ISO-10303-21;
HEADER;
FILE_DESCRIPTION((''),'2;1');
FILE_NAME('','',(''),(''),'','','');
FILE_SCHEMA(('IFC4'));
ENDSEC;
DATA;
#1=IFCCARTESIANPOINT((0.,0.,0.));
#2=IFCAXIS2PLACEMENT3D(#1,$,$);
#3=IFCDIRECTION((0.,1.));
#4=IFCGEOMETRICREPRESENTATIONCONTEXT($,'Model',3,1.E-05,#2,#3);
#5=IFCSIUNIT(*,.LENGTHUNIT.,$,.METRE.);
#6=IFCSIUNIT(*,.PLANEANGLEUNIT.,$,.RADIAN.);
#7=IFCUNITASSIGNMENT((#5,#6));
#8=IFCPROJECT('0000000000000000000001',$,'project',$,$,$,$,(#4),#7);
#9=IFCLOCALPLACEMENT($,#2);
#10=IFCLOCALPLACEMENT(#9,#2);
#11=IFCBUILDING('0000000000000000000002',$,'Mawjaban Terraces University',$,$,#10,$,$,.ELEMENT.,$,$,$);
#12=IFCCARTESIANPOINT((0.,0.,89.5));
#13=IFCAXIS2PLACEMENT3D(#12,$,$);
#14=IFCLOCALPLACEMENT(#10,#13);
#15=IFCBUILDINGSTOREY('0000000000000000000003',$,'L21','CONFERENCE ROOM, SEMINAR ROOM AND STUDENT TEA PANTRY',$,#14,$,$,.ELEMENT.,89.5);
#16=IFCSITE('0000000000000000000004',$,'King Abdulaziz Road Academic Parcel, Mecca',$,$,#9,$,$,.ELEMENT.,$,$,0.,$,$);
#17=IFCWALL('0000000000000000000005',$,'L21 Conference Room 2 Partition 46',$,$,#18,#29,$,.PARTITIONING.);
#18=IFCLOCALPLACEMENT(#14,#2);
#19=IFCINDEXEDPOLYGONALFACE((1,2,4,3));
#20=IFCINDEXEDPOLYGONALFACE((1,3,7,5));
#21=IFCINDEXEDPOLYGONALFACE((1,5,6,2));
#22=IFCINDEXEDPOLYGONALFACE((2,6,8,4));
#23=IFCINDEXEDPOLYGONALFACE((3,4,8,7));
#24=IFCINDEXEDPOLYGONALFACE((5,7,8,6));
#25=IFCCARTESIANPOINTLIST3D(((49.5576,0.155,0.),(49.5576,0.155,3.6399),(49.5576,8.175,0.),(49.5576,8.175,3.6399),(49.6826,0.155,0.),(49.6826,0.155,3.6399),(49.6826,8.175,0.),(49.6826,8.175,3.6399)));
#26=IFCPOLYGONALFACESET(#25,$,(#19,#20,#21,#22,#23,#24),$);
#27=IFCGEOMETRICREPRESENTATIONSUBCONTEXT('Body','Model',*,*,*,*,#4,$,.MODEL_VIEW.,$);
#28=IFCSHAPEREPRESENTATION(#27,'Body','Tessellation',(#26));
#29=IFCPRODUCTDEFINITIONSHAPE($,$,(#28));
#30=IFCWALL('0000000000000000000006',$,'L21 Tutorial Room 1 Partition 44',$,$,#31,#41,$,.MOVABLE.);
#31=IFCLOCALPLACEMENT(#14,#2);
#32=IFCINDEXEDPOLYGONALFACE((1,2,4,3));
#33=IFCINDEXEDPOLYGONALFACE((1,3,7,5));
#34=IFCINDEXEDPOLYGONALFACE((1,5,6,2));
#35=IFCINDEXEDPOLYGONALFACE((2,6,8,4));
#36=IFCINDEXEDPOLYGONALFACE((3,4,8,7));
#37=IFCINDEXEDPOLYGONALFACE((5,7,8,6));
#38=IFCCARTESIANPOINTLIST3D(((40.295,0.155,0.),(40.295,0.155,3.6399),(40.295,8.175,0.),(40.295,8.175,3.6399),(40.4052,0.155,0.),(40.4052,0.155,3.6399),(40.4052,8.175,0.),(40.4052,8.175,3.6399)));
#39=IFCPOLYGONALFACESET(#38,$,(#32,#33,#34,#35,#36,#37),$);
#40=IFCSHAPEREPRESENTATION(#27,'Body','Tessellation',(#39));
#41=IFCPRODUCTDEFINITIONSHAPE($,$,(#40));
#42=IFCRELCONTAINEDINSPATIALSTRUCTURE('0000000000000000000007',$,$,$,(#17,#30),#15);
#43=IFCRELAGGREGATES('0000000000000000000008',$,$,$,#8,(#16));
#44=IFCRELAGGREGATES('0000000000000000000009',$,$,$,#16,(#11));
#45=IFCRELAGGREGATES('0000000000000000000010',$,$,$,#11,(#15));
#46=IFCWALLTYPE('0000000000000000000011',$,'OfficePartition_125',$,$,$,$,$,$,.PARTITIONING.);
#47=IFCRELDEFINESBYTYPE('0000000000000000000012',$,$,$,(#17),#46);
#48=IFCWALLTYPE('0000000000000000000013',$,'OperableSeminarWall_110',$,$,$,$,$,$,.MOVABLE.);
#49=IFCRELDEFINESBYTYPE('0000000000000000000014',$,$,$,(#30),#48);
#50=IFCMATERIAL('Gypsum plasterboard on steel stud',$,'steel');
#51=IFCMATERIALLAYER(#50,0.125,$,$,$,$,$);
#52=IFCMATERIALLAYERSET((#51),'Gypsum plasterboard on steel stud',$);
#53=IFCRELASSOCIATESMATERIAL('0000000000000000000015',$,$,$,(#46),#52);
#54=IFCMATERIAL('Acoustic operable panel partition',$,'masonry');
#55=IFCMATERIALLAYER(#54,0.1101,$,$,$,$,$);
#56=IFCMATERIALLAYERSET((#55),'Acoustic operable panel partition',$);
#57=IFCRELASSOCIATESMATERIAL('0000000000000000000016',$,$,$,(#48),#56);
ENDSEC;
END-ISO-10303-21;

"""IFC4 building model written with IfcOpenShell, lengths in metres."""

from ifc_helpers import new_model, si_unit, direction, frame, frame_2d, origin, place, context, subcontext, project, spatial, rectangle, extrude, material, layer, layer_set, type_object, element, save


model = new_model("IFC4")

# Units and contexts
model_context = context("Model", 3, precision=1e-05, world=origin(), true_north=direction((0.0, 1.0)))
body_context = subcontext(model_context, "Body", "Model", "MODEL_VIEW")
ifc_project = project(units=[si_unit("LENGTHUNIT", "METRE"), si_unit("PLANEANGLEUNIT", "RADIAN")], contexts=[model_context])

# Site, building, storey
site_placement = place(None, origin())
site = spatial("IfcSite", under=ifc_project, at=site_placement, Name="King Abdulaziz Road Academic Parcel, Mecca", CompositionType="ELEMENT", RefElevation=0.0)
building_placement = place(site_placement, origin())
building = spatial("IfcBuilding", under=site, at=building_placement, Name="Mawjaban Terraces University", CompositionType="ELEMENT")
storey_placement = place(building_placement, frame((0.0, 0.0, 89.5)))
storey = spatial("IfcBuildingStorey", under=building, at=storey_placement, Name="L21", Description="CONFERENCE ROOM, SEMINAR ROOM AND STUDENT TEA PANTRY", CompositionType="ELEMENT", Elevation=89.5)

# Walls
ifc_material_1 = material(Name="Gypsum plasterboard on steel stud", Category="steel")
ifc_layer_1 = layer(ifc_material_1, 0.125)
ifc_layer_set_1 = layer_set([ifc_layer_1], Name="Gypsum plasterboard on steel stud")
wall_type_1 = type_object("IfcWallType", Name="OfficePartition_125", PredefinedType="PARTITIONING", material=ifc_layer_set_1)
wall_1_placement = place(storey_placement, frame((49.6201, 0.155, 0.0), z_axis=(0.0, 0.0, 1.0), x_axis=(0.0, 1.0, 0.0)))
element("IfcWall", 1, at=wall_1_placement, inside=storey, type_object=wall_type_1, Name="L21 Conference Room 2 Partition 46", PredefinedType="PARTITIONING", context=body_context, shape_type="SweptSolid", body=[
    extrude(rectangle(XDim=8.02, YDim=0.125, at=frame_2d((4.01, 0.0))), origin(), (0.0, 0.0, 1.0), 3.6399),
])
ifc_material_2 = material(Name="Acoustic operable panel partition", Category="masonry")
ifc_layer_2 = layer(ifc_material_2, 0.1101)
ifc_layer_set_2 = layer_set([ifc_layer_2], Name="Acoustic operable panel partition")
wall_type_2 = type_object("IfcWallType", Name="OperableSeminarWall_110", PredefinedType="MOVABLE", material=ifc_layer_set_2)
wall_2_placement = place(storey_placement, frame((40.3501, 0.155, 0.0), z_axis=(0.0, 0.0, 1.0), x_axis=(0.0, 1.0, 0.0)))
element("IfcWall", 2, at=wall_2_placement, inside=storey, type_object=wall_type_2, Name="L21 Tutorial Room 1 Partition 44", PredefinedType="MOVABLE", context=body_context, shape_type="SweptSolid", body=[
    extrude(rectangle(XDim=8.02, YDim=0.1101, at=frame_2d((4.01, 0.0))), origin(), (0.0, 0.0, 1.0), 3.6399),
])

save(model, "model.ifc")
